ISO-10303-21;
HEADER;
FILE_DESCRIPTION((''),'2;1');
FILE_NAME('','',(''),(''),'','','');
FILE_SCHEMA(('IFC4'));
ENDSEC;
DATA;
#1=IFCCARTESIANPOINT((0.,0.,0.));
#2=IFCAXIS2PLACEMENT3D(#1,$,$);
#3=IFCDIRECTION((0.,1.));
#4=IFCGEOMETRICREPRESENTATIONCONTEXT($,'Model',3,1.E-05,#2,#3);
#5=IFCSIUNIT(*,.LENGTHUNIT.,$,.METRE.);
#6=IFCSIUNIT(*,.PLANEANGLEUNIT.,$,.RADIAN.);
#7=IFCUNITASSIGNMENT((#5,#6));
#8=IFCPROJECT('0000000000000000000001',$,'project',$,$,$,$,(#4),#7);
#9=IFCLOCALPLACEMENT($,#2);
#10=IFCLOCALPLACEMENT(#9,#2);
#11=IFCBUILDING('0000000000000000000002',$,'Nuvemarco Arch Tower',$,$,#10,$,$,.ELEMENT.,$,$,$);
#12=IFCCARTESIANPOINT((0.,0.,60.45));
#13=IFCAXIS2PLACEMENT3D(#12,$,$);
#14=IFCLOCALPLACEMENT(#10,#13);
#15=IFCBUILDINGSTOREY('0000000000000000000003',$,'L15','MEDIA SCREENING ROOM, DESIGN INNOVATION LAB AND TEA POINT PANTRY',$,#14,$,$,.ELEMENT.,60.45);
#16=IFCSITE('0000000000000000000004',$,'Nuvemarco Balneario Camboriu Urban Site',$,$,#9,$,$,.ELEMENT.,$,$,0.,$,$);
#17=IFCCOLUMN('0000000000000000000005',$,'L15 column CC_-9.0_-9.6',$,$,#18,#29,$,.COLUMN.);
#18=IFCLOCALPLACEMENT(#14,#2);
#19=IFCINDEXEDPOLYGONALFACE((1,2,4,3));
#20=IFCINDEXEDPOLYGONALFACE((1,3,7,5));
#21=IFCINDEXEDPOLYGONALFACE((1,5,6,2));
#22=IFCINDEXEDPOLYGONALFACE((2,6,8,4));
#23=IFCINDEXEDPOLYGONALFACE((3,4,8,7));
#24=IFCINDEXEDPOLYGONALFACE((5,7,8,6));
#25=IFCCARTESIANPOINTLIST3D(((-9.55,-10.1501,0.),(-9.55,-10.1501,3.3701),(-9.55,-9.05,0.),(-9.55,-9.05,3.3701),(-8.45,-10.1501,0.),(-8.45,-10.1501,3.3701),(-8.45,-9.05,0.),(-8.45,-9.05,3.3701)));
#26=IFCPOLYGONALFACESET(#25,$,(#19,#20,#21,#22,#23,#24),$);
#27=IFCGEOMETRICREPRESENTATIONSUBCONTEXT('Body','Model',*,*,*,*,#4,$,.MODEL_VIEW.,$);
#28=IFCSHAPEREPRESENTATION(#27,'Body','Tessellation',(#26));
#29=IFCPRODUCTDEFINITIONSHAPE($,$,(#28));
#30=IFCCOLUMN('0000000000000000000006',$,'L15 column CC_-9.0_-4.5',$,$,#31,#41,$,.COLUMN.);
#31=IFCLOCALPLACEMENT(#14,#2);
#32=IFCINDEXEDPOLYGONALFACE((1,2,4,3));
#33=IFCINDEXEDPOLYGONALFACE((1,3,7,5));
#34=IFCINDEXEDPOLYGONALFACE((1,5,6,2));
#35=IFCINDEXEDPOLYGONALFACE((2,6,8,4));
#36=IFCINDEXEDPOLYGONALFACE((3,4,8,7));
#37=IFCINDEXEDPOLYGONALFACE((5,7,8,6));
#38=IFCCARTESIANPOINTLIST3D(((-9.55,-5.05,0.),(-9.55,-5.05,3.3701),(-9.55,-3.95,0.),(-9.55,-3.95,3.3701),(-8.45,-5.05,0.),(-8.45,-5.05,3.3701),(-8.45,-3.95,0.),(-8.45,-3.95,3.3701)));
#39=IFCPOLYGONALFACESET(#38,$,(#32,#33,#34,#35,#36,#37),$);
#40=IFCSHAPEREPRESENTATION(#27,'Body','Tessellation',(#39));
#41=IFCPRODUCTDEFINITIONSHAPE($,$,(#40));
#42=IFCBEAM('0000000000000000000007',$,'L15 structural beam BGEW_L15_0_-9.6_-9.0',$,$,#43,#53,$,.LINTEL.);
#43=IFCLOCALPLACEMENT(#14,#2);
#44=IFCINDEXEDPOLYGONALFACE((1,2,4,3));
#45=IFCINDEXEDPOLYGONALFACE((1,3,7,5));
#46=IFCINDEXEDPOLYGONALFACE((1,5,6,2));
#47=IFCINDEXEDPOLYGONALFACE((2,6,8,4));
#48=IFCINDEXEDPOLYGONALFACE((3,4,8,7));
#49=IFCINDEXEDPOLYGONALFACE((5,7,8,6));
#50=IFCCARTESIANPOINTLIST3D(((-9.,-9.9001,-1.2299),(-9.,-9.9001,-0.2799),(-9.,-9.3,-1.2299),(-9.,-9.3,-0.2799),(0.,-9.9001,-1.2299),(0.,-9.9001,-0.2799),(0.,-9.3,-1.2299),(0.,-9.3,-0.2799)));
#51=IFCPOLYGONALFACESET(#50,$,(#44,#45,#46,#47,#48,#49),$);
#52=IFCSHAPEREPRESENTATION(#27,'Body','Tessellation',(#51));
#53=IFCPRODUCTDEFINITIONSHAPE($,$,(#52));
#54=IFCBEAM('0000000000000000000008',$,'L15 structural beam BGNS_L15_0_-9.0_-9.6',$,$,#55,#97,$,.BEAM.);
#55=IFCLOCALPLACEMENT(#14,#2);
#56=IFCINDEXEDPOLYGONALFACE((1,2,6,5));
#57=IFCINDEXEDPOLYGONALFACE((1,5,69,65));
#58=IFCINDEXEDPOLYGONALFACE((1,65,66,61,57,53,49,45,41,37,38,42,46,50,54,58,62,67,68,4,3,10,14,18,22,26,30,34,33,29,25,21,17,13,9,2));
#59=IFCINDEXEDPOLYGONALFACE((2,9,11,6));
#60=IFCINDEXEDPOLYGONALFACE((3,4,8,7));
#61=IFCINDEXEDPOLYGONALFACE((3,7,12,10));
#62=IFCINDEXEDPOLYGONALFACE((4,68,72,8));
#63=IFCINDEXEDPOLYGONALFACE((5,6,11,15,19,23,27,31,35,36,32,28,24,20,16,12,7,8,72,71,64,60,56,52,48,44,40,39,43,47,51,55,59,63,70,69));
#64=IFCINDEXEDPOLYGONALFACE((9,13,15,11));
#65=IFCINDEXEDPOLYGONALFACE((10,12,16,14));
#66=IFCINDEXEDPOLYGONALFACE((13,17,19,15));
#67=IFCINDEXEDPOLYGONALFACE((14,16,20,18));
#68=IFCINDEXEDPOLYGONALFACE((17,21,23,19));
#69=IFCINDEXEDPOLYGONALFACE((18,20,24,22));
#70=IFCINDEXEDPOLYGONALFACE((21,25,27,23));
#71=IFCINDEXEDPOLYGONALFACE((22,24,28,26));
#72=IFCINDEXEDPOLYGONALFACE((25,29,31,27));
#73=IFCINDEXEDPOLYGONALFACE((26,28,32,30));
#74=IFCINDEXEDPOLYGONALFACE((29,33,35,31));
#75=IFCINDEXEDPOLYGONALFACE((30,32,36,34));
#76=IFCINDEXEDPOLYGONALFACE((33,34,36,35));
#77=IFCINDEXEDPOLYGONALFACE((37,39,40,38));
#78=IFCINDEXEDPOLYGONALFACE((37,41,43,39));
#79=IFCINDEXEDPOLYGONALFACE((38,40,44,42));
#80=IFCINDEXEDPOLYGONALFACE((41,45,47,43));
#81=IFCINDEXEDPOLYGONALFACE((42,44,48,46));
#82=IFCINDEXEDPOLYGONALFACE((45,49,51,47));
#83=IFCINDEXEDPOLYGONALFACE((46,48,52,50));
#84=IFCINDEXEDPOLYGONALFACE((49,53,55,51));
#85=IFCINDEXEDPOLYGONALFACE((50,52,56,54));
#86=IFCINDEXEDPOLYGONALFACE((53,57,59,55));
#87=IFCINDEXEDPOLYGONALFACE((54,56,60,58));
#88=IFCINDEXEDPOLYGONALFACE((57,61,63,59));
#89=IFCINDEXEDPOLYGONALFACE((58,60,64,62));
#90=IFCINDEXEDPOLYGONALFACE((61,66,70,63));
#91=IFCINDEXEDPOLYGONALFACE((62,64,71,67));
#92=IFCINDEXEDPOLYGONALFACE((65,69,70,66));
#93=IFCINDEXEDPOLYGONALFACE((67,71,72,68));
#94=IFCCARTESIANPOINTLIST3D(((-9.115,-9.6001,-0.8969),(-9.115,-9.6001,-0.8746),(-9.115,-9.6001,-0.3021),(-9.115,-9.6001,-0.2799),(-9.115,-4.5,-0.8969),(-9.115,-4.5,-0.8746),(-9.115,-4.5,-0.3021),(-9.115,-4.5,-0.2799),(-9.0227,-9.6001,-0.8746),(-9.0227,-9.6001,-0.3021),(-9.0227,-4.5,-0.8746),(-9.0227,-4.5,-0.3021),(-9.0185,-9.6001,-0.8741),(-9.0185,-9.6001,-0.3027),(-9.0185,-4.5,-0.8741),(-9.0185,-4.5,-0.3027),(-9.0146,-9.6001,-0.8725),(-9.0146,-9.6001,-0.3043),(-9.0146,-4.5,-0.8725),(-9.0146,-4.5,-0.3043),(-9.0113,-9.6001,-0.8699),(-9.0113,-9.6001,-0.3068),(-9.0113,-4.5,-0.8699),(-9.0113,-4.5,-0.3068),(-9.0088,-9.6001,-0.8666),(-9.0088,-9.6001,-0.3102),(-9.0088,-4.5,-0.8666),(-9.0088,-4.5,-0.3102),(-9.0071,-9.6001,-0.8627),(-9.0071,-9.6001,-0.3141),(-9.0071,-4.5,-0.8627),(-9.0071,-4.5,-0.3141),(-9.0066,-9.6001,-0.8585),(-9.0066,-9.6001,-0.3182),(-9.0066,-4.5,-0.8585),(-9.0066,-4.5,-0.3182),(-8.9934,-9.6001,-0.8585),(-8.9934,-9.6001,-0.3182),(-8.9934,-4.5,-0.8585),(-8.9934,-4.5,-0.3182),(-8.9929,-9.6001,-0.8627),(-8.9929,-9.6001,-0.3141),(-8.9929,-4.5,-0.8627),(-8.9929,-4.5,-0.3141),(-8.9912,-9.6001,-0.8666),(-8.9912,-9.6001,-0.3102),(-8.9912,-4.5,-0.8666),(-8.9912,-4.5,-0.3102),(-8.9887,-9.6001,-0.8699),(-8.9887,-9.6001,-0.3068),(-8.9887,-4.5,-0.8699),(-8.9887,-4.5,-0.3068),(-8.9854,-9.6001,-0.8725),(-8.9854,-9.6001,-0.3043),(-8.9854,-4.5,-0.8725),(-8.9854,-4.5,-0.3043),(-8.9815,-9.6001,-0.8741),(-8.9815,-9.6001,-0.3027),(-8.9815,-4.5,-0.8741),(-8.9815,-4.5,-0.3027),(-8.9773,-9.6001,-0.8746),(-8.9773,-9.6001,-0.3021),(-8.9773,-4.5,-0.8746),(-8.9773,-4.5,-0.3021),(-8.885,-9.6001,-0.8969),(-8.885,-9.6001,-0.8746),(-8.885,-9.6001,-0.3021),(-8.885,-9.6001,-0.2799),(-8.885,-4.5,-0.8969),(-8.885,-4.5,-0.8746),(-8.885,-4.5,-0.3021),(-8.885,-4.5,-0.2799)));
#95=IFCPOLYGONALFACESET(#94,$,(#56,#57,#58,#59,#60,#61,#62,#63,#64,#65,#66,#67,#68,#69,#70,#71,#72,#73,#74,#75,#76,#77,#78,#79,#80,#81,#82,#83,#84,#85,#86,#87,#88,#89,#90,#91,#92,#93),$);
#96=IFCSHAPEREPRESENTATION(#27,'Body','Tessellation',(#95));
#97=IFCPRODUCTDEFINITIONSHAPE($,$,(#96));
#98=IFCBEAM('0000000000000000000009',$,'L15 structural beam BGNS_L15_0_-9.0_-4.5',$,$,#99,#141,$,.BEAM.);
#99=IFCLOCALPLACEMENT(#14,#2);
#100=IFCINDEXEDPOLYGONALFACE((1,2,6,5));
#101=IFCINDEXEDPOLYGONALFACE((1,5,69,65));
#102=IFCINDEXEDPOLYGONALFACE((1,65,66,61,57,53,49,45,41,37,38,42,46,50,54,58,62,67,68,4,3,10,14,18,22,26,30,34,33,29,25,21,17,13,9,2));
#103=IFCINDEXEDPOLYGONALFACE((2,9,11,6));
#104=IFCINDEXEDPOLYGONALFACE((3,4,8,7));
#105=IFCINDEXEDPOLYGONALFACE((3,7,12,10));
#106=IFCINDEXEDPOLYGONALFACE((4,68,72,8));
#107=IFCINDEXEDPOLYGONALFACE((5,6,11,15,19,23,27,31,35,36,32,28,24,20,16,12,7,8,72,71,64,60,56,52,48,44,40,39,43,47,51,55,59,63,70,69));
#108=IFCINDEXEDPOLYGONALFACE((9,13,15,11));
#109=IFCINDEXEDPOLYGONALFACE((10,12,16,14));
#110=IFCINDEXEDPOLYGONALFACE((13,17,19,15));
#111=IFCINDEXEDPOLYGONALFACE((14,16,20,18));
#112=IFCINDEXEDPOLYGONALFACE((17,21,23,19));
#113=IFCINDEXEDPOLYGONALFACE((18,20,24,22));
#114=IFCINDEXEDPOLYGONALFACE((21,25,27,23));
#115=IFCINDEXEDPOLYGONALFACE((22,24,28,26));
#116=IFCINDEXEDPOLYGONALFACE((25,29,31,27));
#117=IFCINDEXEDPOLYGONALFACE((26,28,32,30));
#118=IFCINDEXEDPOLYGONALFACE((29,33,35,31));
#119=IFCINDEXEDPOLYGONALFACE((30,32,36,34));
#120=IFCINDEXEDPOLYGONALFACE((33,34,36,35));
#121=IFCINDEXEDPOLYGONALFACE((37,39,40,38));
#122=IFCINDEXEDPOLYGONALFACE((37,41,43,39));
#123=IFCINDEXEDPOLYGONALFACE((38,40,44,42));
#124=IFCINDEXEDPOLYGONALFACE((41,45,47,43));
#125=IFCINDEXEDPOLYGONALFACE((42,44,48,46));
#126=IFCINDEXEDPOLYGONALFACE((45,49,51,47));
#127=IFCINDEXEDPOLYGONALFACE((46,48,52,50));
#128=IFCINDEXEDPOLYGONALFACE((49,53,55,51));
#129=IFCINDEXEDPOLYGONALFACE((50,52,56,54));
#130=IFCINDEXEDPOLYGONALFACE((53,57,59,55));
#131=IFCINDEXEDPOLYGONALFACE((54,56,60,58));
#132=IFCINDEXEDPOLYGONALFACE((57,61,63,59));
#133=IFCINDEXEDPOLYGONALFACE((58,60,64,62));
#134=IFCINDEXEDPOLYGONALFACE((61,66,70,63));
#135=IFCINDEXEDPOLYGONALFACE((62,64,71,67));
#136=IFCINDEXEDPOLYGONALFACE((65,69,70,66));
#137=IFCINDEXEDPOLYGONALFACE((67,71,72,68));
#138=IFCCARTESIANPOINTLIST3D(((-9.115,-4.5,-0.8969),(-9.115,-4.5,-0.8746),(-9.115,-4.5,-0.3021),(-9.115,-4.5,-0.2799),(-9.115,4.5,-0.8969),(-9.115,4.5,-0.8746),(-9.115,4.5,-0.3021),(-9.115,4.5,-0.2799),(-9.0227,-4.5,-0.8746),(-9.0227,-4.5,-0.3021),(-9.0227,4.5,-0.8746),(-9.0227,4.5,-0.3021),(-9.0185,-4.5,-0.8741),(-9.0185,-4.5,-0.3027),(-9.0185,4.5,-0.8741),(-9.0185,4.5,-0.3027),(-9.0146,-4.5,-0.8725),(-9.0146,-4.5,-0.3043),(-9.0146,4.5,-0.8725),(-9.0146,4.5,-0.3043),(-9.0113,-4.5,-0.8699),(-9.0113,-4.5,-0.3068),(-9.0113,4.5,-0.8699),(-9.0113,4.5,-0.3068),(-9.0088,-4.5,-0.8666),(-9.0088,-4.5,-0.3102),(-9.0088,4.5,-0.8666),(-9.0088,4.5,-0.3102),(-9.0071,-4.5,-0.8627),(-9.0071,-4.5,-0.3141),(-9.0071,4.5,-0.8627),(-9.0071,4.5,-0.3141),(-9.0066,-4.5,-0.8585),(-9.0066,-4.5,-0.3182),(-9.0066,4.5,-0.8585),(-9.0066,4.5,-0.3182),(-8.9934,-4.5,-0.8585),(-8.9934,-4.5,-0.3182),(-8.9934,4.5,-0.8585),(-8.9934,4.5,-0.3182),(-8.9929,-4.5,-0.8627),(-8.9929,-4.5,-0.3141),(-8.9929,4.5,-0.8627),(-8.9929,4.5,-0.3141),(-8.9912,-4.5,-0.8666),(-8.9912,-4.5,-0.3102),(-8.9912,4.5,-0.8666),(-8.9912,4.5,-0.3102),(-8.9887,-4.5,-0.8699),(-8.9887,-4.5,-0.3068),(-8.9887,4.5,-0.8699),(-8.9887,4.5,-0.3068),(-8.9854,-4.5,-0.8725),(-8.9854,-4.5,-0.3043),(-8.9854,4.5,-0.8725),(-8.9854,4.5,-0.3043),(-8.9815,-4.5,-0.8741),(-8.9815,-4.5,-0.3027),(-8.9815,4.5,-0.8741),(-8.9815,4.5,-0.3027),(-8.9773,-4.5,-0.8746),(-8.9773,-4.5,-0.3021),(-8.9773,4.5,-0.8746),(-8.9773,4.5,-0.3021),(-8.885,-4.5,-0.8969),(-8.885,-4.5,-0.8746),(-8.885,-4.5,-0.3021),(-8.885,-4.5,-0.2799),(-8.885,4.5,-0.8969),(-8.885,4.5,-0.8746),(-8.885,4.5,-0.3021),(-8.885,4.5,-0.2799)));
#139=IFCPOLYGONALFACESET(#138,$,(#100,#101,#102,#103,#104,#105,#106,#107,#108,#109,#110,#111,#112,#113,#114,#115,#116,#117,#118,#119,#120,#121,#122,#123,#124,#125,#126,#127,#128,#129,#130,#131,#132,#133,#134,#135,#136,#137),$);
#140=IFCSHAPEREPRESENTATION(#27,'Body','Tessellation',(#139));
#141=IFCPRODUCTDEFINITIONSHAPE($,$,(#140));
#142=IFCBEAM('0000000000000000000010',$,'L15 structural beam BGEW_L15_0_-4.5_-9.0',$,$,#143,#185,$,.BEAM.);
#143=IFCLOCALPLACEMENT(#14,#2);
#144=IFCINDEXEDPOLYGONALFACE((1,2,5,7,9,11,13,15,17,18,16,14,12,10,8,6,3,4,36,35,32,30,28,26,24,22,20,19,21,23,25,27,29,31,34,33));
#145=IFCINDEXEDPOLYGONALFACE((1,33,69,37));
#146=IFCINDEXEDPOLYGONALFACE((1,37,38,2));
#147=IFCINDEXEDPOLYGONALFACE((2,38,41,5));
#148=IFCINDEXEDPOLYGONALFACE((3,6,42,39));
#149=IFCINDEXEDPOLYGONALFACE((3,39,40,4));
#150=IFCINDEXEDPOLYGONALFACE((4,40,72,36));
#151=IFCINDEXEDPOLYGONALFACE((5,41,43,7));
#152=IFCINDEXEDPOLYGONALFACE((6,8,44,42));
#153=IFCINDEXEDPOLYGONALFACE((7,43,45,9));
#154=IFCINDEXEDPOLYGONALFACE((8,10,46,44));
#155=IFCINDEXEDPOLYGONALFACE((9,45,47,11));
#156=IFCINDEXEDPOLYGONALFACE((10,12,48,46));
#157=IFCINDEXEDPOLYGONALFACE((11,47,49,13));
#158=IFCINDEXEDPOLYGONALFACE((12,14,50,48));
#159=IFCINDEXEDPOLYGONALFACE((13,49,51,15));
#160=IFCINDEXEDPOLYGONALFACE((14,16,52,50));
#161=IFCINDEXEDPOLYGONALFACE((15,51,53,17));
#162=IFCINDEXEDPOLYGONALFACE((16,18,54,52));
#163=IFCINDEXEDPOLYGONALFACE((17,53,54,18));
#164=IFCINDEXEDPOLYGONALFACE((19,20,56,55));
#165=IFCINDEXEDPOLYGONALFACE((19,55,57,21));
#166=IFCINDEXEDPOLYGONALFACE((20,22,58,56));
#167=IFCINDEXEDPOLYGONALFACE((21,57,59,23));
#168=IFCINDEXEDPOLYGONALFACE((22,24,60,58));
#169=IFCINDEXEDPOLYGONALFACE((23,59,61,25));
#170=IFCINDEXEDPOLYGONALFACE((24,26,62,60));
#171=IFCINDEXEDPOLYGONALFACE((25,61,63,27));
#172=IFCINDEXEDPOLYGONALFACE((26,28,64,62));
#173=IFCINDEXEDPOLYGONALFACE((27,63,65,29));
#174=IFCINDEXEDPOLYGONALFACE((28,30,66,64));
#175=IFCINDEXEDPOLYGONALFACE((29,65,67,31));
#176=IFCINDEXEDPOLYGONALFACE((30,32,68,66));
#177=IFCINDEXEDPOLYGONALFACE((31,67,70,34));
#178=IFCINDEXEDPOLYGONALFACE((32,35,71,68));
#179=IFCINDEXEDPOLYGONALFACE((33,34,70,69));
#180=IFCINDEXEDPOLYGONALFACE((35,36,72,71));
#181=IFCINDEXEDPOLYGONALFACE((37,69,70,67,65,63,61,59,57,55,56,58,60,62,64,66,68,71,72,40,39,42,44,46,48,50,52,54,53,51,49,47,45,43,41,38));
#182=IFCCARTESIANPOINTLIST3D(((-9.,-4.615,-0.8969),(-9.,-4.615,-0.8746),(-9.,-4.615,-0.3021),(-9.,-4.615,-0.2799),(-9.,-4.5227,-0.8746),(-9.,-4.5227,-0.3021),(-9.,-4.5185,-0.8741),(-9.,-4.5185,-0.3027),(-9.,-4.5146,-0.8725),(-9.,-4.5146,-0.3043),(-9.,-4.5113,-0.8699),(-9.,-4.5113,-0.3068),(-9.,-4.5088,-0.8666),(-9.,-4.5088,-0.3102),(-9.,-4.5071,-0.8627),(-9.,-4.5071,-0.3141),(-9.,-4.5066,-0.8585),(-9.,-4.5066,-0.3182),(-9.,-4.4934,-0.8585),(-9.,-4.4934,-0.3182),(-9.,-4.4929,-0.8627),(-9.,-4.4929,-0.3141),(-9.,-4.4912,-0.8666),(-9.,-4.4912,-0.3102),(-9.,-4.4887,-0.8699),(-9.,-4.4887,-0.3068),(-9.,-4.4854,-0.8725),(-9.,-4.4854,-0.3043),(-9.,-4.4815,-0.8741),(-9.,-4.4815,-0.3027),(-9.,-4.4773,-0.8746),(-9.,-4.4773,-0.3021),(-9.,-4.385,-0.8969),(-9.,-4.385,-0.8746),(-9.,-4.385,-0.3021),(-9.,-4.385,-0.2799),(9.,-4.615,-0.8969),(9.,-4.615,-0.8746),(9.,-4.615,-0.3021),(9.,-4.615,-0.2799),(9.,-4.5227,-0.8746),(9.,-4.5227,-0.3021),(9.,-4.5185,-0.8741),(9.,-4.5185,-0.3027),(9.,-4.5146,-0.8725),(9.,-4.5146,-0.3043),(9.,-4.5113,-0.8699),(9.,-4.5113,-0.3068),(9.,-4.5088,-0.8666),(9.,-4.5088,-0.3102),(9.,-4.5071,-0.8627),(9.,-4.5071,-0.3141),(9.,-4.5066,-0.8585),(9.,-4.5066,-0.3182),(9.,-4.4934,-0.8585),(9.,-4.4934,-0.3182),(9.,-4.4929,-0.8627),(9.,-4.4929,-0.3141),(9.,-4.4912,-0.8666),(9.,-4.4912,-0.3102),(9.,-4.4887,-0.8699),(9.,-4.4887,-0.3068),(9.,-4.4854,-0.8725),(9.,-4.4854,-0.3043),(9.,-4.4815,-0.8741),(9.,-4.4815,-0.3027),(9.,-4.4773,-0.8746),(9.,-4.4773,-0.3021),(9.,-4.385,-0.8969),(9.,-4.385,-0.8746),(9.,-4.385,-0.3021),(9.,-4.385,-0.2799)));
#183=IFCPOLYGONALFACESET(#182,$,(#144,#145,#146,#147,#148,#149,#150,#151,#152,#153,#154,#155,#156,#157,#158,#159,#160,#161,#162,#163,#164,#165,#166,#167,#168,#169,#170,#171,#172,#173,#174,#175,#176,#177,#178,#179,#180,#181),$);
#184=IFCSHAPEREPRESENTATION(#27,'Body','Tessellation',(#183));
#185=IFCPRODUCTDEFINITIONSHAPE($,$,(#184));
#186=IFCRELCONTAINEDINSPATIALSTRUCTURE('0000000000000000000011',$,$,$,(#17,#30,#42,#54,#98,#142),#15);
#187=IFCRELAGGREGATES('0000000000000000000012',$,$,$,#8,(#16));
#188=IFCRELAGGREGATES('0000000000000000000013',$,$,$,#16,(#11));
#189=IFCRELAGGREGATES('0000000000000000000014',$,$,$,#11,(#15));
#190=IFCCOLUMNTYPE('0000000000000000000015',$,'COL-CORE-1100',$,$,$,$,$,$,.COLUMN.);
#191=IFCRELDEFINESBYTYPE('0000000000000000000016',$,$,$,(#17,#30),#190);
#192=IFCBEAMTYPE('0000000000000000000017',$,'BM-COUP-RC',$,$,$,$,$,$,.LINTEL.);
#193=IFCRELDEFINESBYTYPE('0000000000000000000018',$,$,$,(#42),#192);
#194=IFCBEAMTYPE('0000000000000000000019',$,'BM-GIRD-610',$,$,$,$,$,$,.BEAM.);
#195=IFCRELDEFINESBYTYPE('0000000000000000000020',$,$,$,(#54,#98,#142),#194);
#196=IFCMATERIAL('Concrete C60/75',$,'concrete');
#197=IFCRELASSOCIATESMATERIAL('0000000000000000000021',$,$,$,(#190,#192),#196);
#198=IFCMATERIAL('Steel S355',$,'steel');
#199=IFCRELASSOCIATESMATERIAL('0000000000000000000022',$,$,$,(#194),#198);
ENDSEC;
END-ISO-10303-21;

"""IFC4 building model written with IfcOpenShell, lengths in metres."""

from ifc_helpers import new_model, si_unit, direction, frame, origin, origin_2d, place, context, subcontext, project, spatial, rectangle, i_section, extrude, material, material_profile, profile_set, type_object, element, save


model = new_model("IFC4")

# Units and contexts
model_context = context("Model", 3, precision=1e-05, world=origin(), true_north=direction((0.0, 1.0)))
body_context = subcontext(model_context, "Body", "Model", "MODEL_VIEW")
ifc_project = project(units=[si_unit("LENGTHUNIT", "METRE"), si_unit("PLANEANGLEUNIT", "RADIAN")], contexts=[model_context])

# Site, building, storey
site_placement = place(None, origin())
site = spatial("IfcSite", under=ifc_project, at=site_placement, Name="Nuvemarco Balneario Camboriu Urban Site", CompositionType="ELEMENT", RefElevation=0.0)
building_placement = place(site_placement, origin())
building = spatial("IfcBuilding", under=site, at=building_placement, Name="Nuvemarco Arch Tower", CompositionType="ELEMENT")
storey_placement = place(building_placement, frame((0.0, 0.0, 60.45)))
storey = spatial("IfcBuildingStorey", under=building, at=storey_placement, Name="L15", Description="MEDIA SCREENING ROOM, DESIGN INNOVATION LAB AND TEA POINT PANTRY", CompositionType="ELEMENT", Elevation=60.45)

# Columns
ifc_material_1 = material(Name="Concrete C60/75", Category="concrete")
ifc_material_profile_1 = material_profile(ifc_material_1, rectangle(XDim=1.1001, YDim=1.1001, at=origin_2d()), Name="RC-COL-1100x1100")
ifc_profile_set_1 = profile_set([ifc_material_profile_1], Name="Concrete C60/75")
column_type = type_object("IfcColumnType", Name="COL-CORE-1100", PredefinedType="COLUMN", material=ifc_profile_set_1)
for number, where, z_axis, x_axis, name in (
    (1, (-9.0, -9.6001, 0.0), (0.0, 0.0, 1.0), (1.0, 0.0, 0.0), "L15 column CC_-9.0_-9.6"),
    (2, (-9.0, -4.5, 0.0), (0.0, 0.0, 1.0), (1.0, 0.0, 0.0), "L15 column CC_-9.0_-4.5"),
):
    element("IfcColumn", number, at=place(storey_placement, frame(where, z_axis=z_axis, x_axis=x_axis)), inside=storey, type_object=column_type, Name=name, PredefinedType="COLUMN", context=body_context, shape_type="SweptSolid", body=[
        extrude(rectangle(XDim=1.1001, YDim=1.1001, at=origin_2d()), origin(), (0.0, 0.0, 1.0), 3.3701),
    ])

# Beams
ifc_material_profile_2 = material_profile(ifc_material_1, rectangle(XDim=0.6001, YDim=0.95, at=origin_2d()), Name="RC-BM-600x950")
ifc_profile_set_2 = profile_set([ifc_material_profile_2], Name="Concrete C60/75")
beam_type_1 = type_object("IfcBeamType", Name="BM-COUP-RC", PredefinedType="LINTEL", material=ifc_profile_set_2)
beam_1_placement = place(storey_placement, frame((-9.0, -9.6001, -0.7549), z_axis=(1.0, 0.0, 0.0), x_axis=(0.0, 1.0, 0.0)))
element("IfcBeam", 3, at=beam_1_placement, inside=storey, type_object=beam_type_1, Name="L15 structural beam BGEW_L15_0_-9.6_-9.0", PredefinedType="LINTEL", context=body_context, shape_type="SweptSolid", body=[
    extrude(rectangle(XDim=0.6001, YDim=0.95, at=origin_2d()), origin(), (0.0, 0.0, 1.0), 9.0),
])
ifc_material_2 = material(Name="Steel S355", Category="steel")
ifc_material_profile_3 = material_profile(ifc_material_2, i_section(OverallWidth=0.23, OverallDepth=0.6169, WebThickness=0.0132, FlangeThickness=0.0222, FilletRadius=0.0161, at=origin_2d()), Name="W610x140")
ifc_profile_set_3 = profile_set([ifc_material_profile_3], Name="Steel S355")
beam_type_2 = type_object("IfcBeamType", Name="BM-GIRD-610", PredefinedType="BEAM", material=ifc_profile_set_3)
beam_2_placement = place(storey_placement, frame((-9.0, -9.6001, -0.5884), z_axis=(0.0, 1.0, 0.0), x_axis=(-1.0, 0.0, 0.0)))
element("IfcBeam", 4, at=beam_2_placement, inside=storey, type_object=beam_type_2, Name="L15 structural beam BGNS_L15_0_-9.0_-9.6", PredefinedType="BEAM", context=body_context, shape_type="SweptSolid", body=[
    extrude(i_section(OverallWidth=0.23, OverallDepth=0.6169, WebThickness=0.0132, FlangeThickness=0.0222, FilletRadius=0.0161, at=origin_2d()), origin(), (0.0, 0.0, 1.0), 5.1001),
])
beam_3_placement = place(storey_placement, frame((-9.0, -4.5, -0.5884), z_axis=(0.0, 1.0, 0.0), x_axis=(-1.0, 0.0, 0.0)))
element("IfcBeam", 5, at=beam_3_placement, inside=storey, type_object=beam_type_2, Name="L15 structural beam BGNS_L15_0_-9.0_-4.5", PredefinedType="BEAM", context=body_context, shape_type="SweptSolid", body=[
    extrude(i_section(OverallWidth=0.23, OverallDepth=0.6169, WebThickness=0.0132, FlangeThickness=0.0222, FilletRadius=0.0161, at=origin_2d()), origin(), (0.0, 0.0, 1.0), 9.0),
])
beam_4_placement = place(storey_placement, frame((-9.0, -4.5, -0.5884), z_axis=(1.0, 0.0, 0.0), x_axis=(0.0, 1.0, 0.0)))
element("IfcBeam", 6, at=beam_4_placement, inside=storey, type_object=beam_type_2, Name="L15 structural beam BGEW_L15_0_-4.5_-9.0", PredefinedType="BEAM", context=body_context, shape_type="SweptSolid", body=[
    extrude(i_section(OverallWidth=0.23, OverallDepth=0.6169, WebThickness=0.0132, FlangeThickness=0.0222, FilletRadius=0.0161, at=origin_2d()), origin(), (0.0, 0.0, 1.0), 18.0),
])

save(model, "model.ifc")
